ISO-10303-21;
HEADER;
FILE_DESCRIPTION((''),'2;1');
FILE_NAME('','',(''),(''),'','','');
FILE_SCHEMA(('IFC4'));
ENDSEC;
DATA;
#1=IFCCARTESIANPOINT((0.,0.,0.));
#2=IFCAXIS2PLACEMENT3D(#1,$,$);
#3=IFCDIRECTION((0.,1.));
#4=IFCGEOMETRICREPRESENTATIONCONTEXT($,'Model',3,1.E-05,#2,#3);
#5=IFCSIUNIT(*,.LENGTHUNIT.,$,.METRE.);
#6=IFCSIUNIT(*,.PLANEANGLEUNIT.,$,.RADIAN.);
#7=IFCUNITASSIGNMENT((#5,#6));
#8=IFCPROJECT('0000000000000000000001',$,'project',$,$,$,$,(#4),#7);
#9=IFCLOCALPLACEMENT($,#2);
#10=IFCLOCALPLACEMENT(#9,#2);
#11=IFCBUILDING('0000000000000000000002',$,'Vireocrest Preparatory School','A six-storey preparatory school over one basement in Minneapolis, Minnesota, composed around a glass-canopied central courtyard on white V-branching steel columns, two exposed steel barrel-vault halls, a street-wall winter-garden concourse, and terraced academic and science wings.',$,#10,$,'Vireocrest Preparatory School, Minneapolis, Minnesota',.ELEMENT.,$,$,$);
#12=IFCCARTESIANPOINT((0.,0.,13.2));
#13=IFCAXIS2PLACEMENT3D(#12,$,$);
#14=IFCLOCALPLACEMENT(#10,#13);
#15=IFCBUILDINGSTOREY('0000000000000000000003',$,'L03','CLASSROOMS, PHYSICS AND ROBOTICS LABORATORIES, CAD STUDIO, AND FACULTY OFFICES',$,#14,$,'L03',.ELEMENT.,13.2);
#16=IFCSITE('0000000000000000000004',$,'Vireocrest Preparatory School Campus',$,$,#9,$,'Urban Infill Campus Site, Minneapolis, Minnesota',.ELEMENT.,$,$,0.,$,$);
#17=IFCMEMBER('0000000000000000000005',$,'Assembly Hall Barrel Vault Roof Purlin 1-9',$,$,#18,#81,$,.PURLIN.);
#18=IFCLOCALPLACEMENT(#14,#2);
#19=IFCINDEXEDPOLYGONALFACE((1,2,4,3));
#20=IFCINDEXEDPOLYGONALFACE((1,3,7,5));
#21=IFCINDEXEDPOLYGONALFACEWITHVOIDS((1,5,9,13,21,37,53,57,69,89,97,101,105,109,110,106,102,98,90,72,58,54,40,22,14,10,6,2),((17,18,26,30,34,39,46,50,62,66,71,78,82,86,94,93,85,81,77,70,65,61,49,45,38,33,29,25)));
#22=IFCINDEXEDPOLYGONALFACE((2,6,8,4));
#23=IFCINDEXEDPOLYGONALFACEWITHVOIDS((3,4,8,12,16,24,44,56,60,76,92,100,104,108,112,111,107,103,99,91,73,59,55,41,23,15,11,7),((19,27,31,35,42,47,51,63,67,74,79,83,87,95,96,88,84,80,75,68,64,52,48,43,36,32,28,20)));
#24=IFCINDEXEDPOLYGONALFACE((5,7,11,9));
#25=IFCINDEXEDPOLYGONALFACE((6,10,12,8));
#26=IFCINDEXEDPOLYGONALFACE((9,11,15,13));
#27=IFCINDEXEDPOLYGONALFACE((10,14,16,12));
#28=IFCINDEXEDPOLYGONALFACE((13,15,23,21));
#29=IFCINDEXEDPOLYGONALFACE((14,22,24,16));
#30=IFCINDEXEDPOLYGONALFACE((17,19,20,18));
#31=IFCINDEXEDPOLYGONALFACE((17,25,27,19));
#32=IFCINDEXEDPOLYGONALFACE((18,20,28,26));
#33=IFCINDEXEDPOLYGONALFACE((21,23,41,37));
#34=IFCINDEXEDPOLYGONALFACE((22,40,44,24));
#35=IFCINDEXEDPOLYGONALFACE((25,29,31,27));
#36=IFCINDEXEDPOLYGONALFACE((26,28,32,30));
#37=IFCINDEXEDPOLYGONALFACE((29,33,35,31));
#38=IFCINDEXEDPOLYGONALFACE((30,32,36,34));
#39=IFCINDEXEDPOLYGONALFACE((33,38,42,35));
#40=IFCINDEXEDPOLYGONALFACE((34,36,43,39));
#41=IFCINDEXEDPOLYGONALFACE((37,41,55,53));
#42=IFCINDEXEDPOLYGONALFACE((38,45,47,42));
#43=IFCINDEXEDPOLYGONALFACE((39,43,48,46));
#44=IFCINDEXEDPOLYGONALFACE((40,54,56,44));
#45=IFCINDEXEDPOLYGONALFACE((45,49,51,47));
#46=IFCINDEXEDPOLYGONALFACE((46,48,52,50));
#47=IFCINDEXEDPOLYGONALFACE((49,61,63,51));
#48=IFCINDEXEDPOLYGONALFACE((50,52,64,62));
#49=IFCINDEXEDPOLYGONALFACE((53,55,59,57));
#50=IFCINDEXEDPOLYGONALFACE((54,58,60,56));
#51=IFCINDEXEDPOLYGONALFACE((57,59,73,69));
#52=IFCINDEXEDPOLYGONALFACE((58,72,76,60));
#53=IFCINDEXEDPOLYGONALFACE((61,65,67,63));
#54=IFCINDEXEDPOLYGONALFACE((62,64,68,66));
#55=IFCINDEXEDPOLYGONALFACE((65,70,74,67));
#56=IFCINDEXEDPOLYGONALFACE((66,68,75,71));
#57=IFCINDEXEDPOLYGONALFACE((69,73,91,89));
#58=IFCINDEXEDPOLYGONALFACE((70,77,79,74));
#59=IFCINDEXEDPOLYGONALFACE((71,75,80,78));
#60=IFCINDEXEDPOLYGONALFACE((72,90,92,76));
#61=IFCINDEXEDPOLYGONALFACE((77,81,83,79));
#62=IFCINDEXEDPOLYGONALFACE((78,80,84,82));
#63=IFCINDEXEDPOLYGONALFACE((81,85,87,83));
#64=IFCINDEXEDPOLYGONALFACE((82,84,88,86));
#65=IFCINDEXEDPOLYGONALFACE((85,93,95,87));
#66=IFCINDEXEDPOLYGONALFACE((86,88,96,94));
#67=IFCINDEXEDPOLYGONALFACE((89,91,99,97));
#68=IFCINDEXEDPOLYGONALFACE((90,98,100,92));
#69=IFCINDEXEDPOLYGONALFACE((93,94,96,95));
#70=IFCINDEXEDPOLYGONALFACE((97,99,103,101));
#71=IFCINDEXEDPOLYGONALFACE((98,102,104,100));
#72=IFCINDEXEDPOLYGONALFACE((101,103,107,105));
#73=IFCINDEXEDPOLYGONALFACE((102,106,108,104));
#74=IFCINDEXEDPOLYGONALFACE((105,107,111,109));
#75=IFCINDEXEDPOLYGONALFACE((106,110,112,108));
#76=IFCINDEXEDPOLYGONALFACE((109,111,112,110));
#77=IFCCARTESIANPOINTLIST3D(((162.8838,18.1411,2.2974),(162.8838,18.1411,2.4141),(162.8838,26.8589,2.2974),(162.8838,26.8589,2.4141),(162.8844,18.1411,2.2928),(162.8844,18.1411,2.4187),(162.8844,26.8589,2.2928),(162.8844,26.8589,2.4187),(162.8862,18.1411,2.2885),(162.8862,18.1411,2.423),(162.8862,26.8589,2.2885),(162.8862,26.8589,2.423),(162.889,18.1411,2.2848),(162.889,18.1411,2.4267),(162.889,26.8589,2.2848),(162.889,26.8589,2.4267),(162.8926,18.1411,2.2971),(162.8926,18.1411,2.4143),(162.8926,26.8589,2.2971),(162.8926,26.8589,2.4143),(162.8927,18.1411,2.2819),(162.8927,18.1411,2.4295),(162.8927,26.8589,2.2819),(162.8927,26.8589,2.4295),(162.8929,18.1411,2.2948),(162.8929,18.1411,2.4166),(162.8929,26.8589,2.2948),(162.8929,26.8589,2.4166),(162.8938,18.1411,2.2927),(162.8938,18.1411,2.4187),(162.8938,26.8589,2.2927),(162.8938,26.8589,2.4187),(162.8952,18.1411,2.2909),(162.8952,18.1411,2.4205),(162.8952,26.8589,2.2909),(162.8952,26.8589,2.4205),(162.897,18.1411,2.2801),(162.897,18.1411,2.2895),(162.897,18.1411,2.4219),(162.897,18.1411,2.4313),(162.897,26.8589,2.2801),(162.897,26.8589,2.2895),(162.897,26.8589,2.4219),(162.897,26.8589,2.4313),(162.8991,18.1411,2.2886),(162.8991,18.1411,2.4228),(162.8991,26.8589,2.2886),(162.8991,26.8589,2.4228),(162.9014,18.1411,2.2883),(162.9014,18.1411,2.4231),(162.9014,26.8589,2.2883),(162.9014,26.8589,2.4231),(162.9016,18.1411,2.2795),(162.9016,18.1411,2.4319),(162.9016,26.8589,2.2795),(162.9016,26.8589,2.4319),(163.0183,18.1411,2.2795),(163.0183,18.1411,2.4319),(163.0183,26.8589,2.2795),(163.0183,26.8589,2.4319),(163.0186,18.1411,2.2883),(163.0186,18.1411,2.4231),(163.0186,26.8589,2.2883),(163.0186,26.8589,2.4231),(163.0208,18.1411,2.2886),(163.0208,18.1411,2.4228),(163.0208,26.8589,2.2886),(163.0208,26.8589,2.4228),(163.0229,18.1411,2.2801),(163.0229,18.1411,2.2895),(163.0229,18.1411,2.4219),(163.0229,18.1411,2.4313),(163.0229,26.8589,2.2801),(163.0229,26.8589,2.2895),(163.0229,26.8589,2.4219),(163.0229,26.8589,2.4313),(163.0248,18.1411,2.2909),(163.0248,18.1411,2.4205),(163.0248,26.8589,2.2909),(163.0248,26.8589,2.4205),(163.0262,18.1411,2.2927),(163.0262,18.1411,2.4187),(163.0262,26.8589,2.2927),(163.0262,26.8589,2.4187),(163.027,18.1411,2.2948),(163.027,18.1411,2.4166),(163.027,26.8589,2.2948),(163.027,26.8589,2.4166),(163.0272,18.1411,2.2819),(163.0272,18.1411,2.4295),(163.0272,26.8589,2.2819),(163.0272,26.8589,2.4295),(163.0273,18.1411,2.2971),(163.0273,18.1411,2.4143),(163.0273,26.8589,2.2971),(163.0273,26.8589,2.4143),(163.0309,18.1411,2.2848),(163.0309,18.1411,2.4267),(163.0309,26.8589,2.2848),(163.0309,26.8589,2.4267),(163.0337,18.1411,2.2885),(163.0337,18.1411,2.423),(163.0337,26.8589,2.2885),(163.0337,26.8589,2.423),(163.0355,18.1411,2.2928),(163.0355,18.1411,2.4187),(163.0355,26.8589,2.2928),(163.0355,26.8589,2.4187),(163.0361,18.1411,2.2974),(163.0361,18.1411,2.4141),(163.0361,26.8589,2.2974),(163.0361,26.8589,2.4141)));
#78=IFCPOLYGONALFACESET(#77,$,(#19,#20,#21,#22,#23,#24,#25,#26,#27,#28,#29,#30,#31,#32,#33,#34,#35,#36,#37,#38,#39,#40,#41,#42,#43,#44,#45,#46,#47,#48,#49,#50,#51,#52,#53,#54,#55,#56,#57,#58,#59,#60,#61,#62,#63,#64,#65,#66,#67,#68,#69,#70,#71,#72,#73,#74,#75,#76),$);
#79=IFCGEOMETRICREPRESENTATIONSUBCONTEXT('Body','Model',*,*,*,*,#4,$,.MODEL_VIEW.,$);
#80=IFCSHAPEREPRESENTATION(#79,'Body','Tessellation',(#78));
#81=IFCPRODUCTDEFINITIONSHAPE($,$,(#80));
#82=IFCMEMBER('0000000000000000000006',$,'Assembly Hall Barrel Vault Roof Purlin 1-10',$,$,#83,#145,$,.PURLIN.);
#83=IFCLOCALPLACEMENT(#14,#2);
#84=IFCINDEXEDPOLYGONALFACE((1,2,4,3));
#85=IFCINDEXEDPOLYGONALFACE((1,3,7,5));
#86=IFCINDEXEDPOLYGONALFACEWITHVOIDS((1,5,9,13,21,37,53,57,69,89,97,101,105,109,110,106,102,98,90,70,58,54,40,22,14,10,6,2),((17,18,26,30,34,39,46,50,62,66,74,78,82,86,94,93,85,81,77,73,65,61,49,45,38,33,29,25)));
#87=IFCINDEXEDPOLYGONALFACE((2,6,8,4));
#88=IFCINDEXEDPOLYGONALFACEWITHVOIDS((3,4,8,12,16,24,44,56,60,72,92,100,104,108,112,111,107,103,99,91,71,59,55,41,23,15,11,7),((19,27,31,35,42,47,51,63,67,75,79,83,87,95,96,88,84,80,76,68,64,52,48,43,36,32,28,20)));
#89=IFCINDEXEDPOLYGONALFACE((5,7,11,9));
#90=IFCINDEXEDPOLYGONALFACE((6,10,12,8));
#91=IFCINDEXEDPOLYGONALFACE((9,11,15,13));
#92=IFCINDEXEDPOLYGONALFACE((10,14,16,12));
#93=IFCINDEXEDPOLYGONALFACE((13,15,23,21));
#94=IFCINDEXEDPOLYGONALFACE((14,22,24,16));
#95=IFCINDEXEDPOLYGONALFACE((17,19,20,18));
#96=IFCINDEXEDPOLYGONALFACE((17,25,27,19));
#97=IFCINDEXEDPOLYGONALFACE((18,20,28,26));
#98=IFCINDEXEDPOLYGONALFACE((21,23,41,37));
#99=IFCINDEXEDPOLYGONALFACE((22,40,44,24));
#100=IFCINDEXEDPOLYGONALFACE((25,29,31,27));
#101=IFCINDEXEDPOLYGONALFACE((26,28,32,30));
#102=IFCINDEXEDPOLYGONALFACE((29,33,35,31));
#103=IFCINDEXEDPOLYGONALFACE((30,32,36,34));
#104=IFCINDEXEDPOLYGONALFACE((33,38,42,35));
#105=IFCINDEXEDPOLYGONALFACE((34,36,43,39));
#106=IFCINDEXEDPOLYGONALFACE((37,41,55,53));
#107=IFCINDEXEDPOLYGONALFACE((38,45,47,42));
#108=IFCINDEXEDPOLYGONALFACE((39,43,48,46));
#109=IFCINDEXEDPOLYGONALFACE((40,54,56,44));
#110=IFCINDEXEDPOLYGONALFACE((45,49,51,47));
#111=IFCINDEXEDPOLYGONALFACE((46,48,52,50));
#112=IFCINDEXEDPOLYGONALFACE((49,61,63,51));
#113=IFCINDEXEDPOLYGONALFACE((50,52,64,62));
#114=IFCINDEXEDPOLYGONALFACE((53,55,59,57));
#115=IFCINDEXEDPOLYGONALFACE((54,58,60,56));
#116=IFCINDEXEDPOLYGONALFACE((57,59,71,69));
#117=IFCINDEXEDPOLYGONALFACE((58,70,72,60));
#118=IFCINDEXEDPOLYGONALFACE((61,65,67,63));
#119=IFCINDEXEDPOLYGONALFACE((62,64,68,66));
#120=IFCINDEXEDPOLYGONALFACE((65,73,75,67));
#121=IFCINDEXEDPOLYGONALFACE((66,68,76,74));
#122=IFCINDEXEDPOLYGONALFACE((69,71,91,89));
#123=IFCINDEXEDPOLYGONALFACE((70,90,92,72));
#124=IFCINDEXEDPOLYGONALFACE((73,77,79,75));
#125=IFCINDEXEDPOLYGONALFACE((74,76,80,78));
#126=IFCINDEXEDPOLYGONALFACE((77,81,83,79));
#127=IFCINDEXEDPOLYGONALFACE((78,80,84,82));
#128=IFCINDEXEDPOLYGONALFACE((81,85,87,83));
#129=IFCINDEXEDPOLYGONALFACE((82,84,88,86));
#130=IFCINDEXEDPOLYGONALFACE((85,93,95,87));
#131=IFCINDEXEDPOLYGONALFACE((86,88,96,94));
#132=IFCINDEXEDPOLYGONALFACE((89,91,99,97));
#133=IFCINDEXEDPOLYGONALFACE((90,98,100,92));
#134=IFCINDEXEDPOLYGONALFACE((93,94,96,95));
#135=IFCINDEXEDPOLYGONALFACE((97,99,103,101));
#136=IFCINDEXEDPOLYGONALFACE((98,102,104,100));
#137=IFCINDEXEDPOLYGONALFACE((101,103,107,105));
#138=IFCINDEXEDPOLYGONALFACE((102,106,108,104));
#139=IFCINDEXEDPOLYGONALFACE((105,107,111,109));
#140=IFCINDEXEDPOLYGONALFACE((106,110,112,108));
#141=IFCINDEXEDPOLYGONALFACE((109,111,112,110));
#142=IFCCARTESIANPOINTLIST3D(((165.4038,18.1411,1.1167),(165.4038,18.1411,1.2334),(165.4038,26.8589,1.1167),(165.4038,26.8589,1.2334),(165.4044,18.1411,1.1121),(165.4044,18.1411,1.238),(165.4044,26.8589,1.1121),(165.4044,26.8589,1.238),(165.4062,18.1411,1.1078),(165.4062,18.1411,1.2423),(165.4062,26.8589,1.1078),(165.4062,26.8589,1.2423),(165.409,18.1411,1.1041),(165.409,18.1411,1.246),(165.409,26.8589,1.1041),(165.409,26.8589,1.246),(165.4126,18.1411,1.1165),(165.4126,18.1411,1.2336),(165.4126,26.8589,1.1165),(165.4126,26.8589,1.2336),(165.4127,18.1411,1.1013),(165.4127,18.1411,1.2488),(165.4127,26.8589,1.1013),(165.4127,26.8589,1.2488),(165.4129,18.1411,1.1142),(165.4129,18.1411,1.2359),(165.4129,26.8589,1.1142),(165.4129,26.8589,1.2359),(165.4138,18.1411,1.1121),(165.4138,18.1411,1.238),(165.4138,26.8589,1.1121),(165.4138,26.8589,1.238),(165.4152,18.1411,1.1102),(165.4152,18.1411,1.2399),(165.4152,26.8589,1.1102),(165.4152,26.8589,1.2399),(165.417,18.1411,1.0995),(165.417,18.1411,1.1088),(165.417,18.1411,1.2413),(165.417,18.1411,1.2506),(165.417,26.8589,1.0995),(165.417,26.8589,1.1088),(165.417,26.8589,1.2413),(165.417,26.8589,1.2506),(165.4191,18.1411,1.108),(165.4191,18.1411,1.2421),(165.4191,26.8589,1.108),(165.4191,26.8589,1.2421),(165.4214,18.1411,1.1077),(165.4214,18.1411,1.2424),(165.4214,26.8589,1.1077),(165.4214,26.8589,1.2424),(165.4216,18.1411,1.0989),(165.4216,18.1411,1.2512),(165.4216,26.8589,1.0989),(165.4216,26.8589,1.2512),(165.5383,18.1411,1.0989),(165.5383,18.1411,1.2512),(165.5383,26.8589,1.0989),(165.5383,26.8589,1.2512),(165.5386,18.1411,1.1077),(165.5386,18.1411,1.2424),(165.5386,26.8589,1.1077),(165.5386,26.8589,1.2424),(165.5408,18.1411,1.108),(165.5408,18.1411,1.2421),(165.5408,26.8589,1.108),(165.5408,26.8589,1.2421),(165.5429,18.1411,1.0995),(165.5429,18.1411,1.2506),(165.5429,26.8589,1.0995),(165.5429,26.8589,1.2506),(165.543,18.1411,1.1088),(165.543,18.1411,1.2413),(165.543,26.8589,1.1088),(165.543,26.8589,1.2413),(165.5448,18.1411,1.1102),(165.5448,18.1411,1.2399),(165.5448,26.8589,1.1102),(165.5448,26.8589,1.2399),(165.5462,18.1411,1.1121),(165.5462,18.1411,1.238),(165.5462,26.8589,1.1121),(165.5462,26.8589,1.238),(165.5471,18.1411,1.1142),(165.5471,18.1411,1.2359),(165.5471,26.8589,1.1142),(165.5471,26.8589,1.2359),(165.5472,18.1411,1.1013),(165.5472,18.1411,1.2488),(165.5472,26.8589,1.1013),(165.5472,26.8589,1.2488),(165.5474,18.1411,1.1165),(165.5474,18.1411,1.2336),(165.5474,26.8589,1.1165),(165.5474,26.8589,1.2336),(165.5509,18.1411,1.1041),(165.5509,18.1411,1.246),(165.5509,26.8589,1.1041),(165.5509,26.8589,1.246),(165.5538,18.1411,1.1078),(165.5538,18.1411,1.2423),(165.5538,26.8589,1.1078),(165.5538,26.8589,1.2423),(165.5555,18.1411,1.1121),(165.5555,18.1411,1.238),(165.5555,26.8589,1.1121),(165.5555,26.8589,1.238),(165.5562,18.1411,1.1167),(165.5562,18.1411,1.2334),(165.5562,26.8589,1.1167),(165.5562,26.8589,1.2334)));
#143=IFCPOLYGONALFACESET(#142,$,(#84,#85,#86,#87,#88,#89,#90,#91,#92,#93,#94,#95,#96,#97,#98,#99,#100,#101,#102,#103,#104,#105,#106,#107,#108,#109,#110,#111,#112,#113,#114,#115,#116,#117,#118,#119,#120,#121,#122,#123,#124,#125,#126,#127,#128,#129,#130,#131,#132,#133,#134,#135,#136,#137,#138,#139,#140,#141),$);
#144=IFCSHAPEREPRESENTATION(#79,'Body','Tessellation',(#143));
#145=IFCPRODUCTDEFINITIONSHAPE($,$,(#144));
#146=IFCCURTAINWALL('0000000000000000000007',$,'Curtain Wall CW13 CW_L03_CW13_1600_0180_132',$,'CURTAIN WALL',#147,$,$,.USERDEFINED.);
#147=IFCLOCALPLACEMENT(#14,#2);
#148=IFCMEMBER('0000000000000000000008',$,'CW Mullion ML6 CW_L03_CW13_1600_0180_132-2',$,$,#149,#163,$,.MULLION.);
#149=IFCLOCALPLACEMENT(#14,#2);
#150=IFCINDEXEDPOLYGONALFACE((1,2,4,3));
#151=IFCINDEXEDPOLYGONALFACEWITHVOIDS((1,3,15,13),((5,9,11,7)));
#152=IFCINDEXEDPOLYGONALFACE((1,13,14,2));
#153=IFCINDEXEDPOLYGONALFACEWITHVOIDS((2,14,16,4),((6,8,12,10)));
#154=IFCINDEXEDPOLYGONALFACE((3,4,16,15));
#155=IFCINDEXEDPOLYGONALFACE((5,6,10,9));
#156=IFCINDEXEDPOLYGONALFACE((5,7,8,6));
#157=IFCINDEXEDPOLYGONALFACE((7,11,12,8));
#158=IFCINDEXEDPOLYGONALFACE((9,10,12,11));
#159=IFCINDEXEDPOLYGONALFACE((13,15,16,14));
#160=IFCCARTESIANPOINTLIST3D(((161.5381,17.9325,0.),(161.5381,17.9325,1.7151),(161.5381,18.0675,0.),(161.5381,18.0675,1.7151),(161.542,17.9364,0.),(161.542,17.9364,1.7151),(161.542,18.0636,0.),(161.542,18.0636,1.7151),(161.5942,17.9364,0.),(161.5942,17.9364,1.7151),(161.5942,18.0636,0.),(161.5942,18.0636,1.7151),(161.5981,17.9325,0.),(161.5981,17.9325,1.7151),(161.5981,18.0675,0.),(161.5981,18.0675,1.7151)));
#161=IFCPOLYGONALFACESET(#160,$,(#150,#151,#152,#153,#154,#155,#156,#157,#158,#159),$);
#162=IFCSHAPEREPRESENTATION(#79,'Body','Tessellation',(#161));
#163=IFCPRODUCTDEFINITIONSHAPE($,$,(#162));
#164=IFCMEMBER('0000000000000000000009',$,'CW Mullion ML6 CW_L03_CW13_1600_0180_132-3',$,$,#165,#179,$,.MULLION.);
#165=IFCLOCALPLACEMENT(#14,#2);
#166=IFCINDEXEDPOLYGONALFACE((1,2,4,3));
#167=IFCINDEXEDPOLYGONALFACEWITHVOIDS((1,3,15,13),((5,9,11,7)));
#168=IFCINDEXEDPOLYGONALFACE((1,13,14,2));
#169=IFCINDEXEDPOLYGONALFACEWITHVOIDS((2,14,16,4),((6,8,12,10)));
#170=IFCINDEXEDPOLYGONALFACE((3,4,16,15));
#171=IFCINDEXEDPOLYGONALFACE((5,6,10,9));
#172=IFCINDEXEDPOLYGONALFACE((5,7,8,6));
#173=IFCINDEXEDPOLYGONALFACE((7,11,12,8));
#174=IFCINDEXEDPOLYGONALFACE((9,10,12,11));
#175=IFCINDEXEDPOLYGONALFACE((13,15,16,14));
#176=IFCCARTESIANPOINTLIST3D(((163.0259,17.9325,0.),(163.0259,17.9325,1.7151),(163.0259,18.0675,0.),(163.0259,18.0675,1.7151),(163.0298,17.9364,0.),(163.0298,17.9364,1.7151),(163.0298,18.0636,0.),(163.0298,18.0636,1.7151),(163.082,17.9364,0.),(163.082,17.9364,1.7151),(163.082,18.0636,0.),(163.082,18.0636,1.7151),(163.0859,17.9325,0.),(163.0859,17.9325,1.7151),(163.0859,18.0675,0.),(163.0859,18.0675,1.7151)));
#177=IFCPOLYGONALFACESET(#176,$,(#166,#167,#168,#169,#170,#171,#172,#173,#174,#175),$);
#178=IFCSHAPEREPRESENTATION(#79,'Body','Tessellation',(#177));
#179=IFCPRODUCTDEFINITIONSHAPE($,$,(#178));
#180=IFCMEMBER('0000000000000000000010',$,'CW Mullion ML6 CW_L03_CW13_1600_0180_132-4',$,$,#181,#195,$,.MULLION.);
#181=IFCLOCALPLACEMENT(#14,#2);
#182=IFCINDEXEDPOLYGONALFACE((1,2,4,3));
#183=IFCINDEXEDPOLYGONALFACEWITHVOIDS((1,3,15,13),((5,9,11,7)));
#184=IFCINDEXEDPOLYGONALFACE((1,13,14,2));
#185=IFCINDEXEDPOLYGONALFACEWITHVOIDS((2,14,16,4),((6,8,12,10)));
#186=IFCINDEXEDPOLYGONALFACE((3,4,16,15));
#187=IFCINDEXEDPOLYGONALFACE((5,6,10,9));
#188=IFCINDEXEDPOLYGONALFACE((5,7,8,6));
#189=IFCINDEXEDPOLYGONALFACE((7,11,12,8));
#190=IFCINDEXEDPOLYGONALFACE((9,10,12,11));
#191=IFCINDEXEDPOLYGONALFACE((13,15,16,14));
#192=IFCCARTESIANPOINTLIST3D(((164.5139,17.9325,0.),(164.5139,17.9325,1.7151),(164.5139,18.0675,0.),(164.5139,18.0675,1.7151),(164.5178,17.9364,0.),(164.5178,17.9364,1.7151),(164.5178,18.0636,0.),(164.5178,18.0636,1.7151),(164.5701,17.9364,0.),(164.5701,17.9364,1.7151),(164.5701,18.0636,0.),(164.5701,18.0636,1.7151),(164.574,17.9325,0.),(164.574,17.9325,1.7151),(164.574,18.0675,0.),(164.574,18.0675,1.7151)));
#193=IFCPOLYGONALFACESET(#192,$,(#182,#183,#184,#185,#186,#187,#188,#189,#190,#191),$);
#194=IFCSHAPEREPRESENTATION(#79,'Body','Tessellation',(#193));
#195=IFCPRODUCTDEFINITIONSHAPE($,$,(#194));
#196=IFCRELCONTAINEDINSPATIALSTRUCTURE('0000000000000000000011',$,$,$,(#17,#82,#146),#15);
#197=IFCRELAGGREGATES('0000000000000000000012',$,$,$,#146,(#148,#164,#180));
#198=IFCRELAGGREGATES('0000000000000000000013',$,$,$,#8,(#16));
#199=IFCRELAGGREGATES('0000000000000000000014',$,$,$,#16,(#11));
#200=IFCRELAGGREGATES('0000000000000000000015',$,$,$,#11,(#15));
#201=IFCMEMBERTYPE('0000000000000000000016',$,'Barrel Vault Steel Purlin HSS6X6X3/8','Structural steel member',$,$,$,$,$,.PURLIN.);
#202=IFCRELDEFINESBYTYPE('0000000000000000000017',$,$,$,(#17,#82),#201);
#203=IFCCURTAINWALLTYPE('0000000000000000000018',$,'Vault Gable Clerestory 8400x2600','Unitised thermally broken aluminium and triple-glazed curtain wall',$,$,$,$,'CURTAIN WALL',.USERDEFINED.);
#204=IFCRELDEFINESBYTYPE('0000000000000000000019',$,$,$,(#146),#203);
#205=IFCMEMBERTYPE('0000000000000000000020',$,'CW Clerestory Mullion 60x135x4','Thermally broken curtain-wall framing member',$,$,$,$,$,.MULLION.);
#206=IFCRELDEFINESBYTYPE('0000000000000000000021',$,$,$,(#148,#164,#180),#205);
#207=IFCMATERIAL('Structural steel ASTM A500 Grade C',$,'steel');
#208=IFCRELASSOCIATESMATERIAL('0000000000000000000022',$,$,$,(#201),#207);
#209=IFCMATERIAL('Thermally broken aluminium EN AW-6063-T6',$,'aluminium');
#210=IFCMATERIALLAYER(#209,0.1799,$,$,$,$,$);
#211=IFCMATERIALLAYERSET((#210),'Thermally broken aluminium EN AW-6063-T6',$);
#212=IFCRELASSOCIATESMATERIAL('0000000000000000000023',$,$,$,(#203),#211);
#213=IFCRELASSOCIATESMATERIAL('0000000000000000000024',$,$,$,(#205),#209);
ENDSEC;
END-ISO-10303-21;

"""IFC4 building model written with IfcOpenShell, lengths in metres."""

from ifc_helpers import new_model, si_unit, direction, frame, origin, origin_2d, place, context, subcontext, project, spatial, hollow_rectangle, extrude, material, layer, layer_set, material_profile, profile_set, type_object, element, aggregate, save


model = new_model("IFC4")

# Units and contexts
model_context = context("Model", 3, precision=1e-05, world=origin(), true_north=direction((0.0, 1.0)))
body_context = subcontext(model_context, "Body", "Model", "MODEL_VIEW")
ifc_project = project(units=[si_unit("LENGTHUNIT", "METRE"), si_unit("PLANEANGLEUNIT", "RADIAN")], contexts=[model_context])

# Site, building, storey
site_placement = place(None, origin())
site = spatial("IfcSite", under=ifc_project, at=site_placement, Name="Vireocrest Preparatory School Campus", LongName="Urban Infill Campus Site, Minneapolis, Minnesota", CompositionType="ELEMENT", RefElevation=0.0)
building_placement = place(site_placement, origin())
building = spatial("IfcBuilding", under=site, at=building_placement, Name="Vireocrest Preparatory School", Description="A six-storey preparatory school over one basement in Minneapolis, Minnesota, composed around a glass-canopied central courtyard on white V-branching steel columns, two exposed steel barrel-vault halls, a street-wall winter-garden concourse, and terraced academic and science wings.", LongName="Vireocrest Preparatory School, Minneapolis, Minnesota", CompositionType="ELEMENT")
storey_placement = place(building_placement, frame((0.0, 0.0, 13.2)))
storey = spatial("IfcBuildingStorey", under=building, at=storey_placement, Name="L03", Description="CLASSROOMS, PHYSICS AND ROBOTICS LABORATORIES, CAD STUDIO, AND FACULTY OFFICES", LongName="L03", CompositionType="ELEMENT", Elevation=13.2)

# Members
ifc_material_1 = material(Name="Structural steel ASTM A500 Grade C", Category="steel")
ifc_material_profile_1 = material_profile(ifc_material_1, hollow_rectangle(XDim=0.1523, YDim=0.1523, WallThickness=0.0088, InnerFilletRadius=0.0088, OuterFilletRadius=0.0178, at=origin_2d()), Name="HSS6X6X3/8")
ifc_profile_set_1 = profile_set([ifc_material_profile_1], Name="Structural steel ASTM A500 Grade C")
member_type_1 = type_object("IfcMemberType", Name="Barrel Vault Steel Purlin HSS6X6X3/8", Description="Structural steel member", PredefinedType="PURLIN", material=ifc_profile_set_1)
for number, where, z_axis, x_axis, name in (
    (1, (162.96, 18.1411, 2.3557), (0.0, 1.0, 0.0), (-1.0, 0.0, 0.0), "Assembly Hall Barrel Vault Roof Purlin 1-9"),
    (2, (165.48, 18.1411, 1.175), (0.0, 1.0, 0.0), (-1.0, 0.0, 0.0), "Assembly Hall Barrel Vault Roof Purlin 1-10"),
):
    element("IfcMember", number, at=place(storey_placement, frame(where, z_axis=z_axis, x_axis=x_axis)), inside=storey, type_object=member_type_1, Name=name, PredefinedType="PURLIN", context=body_context, shape_type="SweptSolid", body=[
        extrude(hollow_rectangle(XDim=0.1523, YDim=0.1523, WallThickness=0.0088, InnerFilletRadius=0.0088, OuterFilletRadius=0.0178, at=origin_2d()), origin(), (0.0, 0.0, 1.0), 8.7178),
    ])

# Curtain wall, members
ifc_material_2 = material(Name="Thermally broken aluminium EN AW-6063-T6", Category="aluminium")
ifc_layer_1 = layer(ifc_material_2, 0.1799)
ifc_layer_set_1 = layer_set([ifc_layer_1], Name="Thermally broken aluminium EN AW-6063-T6")
curtain_wall_type = type_object("IfcCurtainWallType", Name="Vault Gable Clerestory 8400x2600", Description="Unitised thermally broken aluminium and triple-glazed curtain wall", ElementType="CURTAIN WALL", PredefinedType="USERDEFINED", material=ifc_layer_set_1)
curtain_wall_placement = place(storey_placement, origin())
curtain_wall = element("IfcCurtainWall", 3, at=curtain_wall_placement, inside=storey, type_object=curtain_wall_type, Name="Curtain Wall CW13 CW_L03_CW13_1600_0180_132", ObjectType="CURTAIN WALL", PredefinedType="USERDEFINED")
ifc_material_profile_2 = material_profile(ifc_material_2, hollow_rectangle(XDim=0.0601, YDim=0.135, WallThickness=0.0039, at=origin_2d()), Name="ALU 60x135x4")
ifc_profile_set_2 = profile_set([ifc_material_profile_2], Name="Thermally broken aluminium EN AW-6063-T6")
member_type_2 = type_object("IfcMemberType", Name="CW Clerestory Mullion 60x135x4", Description="Thermally broken curtain-wall framing member", PredefinedType="MULLION", material=ifc_profile_set_2)
member_1_placement = place(storey_placement, frame((161.5681, 18.0, 0.0), z_axis=(0.0, 0.0, 1.0), x_axis=(1.0, 0.0, 0.0)))
member_1 = element("IfcMember", 4, at=member_1_placement, type_object=member_type_2, Name="CW Mullion ML6 CW_L03_CW13_1600_0180_132-2", PredefinedType="MULLION", context=body_context, shape_type="SweptSolid", body=[
    extrude(hollow_rectangle(XDim=0.0601, YDim=0.135, WallThickness=0.0039, at=origin_2d()), origin(), (0.0, 0.0, 1.0), 1.7151),
])
member_2_placement = place(storey_placement, frame((163.0559, 18.0, 0.0), z_axis=(0.0, 0.0, 1.0), x_axis=(1.0, 0.0, 0.0)))
member_2 = element("IfcMember", 5, at=member_2_placement, type_object=member_type_2, Name="CW Mullion ML6 CW_L03_CW13_1600_0180_132-3", PredefinedType="MULLION", context=body_context, shape_type="SweptSolid", body=[
    extrude(hollow_rectangle(XDim=0.0601, YDim=0.135, WallThickness=0.0039, at=origin_2d()), origin(), (0.0, 0.0, 1.0), 1.7151),
])
member_3_placement = place(storey_placement, frame((164.5439, 18.0, 0.0), z_axis=(0.0, 0.0, 1.0), x_axis=(1.0, 0.0, 0.0)))
member_3 = element("IfcMember", 6, at=member_3_placement, type_object=member_type_2, Name="CW Mullion ML6 CW_L03_CW13_1600_0180_132-4", PredefinedType="MULLION", context=body_context, shape_type="SweptSolid", body=[
    extrude(hollow_rectangle(XDim=0.0601, YDim=0.135, WallThickness=0.0039, at=origin_2d()), origin(), (0.0, 0.0, 1.0), 1.7151),
])

aggregate(curtain_wall, [member_1, member_2, member_3])

save(model, "model.ifc")
